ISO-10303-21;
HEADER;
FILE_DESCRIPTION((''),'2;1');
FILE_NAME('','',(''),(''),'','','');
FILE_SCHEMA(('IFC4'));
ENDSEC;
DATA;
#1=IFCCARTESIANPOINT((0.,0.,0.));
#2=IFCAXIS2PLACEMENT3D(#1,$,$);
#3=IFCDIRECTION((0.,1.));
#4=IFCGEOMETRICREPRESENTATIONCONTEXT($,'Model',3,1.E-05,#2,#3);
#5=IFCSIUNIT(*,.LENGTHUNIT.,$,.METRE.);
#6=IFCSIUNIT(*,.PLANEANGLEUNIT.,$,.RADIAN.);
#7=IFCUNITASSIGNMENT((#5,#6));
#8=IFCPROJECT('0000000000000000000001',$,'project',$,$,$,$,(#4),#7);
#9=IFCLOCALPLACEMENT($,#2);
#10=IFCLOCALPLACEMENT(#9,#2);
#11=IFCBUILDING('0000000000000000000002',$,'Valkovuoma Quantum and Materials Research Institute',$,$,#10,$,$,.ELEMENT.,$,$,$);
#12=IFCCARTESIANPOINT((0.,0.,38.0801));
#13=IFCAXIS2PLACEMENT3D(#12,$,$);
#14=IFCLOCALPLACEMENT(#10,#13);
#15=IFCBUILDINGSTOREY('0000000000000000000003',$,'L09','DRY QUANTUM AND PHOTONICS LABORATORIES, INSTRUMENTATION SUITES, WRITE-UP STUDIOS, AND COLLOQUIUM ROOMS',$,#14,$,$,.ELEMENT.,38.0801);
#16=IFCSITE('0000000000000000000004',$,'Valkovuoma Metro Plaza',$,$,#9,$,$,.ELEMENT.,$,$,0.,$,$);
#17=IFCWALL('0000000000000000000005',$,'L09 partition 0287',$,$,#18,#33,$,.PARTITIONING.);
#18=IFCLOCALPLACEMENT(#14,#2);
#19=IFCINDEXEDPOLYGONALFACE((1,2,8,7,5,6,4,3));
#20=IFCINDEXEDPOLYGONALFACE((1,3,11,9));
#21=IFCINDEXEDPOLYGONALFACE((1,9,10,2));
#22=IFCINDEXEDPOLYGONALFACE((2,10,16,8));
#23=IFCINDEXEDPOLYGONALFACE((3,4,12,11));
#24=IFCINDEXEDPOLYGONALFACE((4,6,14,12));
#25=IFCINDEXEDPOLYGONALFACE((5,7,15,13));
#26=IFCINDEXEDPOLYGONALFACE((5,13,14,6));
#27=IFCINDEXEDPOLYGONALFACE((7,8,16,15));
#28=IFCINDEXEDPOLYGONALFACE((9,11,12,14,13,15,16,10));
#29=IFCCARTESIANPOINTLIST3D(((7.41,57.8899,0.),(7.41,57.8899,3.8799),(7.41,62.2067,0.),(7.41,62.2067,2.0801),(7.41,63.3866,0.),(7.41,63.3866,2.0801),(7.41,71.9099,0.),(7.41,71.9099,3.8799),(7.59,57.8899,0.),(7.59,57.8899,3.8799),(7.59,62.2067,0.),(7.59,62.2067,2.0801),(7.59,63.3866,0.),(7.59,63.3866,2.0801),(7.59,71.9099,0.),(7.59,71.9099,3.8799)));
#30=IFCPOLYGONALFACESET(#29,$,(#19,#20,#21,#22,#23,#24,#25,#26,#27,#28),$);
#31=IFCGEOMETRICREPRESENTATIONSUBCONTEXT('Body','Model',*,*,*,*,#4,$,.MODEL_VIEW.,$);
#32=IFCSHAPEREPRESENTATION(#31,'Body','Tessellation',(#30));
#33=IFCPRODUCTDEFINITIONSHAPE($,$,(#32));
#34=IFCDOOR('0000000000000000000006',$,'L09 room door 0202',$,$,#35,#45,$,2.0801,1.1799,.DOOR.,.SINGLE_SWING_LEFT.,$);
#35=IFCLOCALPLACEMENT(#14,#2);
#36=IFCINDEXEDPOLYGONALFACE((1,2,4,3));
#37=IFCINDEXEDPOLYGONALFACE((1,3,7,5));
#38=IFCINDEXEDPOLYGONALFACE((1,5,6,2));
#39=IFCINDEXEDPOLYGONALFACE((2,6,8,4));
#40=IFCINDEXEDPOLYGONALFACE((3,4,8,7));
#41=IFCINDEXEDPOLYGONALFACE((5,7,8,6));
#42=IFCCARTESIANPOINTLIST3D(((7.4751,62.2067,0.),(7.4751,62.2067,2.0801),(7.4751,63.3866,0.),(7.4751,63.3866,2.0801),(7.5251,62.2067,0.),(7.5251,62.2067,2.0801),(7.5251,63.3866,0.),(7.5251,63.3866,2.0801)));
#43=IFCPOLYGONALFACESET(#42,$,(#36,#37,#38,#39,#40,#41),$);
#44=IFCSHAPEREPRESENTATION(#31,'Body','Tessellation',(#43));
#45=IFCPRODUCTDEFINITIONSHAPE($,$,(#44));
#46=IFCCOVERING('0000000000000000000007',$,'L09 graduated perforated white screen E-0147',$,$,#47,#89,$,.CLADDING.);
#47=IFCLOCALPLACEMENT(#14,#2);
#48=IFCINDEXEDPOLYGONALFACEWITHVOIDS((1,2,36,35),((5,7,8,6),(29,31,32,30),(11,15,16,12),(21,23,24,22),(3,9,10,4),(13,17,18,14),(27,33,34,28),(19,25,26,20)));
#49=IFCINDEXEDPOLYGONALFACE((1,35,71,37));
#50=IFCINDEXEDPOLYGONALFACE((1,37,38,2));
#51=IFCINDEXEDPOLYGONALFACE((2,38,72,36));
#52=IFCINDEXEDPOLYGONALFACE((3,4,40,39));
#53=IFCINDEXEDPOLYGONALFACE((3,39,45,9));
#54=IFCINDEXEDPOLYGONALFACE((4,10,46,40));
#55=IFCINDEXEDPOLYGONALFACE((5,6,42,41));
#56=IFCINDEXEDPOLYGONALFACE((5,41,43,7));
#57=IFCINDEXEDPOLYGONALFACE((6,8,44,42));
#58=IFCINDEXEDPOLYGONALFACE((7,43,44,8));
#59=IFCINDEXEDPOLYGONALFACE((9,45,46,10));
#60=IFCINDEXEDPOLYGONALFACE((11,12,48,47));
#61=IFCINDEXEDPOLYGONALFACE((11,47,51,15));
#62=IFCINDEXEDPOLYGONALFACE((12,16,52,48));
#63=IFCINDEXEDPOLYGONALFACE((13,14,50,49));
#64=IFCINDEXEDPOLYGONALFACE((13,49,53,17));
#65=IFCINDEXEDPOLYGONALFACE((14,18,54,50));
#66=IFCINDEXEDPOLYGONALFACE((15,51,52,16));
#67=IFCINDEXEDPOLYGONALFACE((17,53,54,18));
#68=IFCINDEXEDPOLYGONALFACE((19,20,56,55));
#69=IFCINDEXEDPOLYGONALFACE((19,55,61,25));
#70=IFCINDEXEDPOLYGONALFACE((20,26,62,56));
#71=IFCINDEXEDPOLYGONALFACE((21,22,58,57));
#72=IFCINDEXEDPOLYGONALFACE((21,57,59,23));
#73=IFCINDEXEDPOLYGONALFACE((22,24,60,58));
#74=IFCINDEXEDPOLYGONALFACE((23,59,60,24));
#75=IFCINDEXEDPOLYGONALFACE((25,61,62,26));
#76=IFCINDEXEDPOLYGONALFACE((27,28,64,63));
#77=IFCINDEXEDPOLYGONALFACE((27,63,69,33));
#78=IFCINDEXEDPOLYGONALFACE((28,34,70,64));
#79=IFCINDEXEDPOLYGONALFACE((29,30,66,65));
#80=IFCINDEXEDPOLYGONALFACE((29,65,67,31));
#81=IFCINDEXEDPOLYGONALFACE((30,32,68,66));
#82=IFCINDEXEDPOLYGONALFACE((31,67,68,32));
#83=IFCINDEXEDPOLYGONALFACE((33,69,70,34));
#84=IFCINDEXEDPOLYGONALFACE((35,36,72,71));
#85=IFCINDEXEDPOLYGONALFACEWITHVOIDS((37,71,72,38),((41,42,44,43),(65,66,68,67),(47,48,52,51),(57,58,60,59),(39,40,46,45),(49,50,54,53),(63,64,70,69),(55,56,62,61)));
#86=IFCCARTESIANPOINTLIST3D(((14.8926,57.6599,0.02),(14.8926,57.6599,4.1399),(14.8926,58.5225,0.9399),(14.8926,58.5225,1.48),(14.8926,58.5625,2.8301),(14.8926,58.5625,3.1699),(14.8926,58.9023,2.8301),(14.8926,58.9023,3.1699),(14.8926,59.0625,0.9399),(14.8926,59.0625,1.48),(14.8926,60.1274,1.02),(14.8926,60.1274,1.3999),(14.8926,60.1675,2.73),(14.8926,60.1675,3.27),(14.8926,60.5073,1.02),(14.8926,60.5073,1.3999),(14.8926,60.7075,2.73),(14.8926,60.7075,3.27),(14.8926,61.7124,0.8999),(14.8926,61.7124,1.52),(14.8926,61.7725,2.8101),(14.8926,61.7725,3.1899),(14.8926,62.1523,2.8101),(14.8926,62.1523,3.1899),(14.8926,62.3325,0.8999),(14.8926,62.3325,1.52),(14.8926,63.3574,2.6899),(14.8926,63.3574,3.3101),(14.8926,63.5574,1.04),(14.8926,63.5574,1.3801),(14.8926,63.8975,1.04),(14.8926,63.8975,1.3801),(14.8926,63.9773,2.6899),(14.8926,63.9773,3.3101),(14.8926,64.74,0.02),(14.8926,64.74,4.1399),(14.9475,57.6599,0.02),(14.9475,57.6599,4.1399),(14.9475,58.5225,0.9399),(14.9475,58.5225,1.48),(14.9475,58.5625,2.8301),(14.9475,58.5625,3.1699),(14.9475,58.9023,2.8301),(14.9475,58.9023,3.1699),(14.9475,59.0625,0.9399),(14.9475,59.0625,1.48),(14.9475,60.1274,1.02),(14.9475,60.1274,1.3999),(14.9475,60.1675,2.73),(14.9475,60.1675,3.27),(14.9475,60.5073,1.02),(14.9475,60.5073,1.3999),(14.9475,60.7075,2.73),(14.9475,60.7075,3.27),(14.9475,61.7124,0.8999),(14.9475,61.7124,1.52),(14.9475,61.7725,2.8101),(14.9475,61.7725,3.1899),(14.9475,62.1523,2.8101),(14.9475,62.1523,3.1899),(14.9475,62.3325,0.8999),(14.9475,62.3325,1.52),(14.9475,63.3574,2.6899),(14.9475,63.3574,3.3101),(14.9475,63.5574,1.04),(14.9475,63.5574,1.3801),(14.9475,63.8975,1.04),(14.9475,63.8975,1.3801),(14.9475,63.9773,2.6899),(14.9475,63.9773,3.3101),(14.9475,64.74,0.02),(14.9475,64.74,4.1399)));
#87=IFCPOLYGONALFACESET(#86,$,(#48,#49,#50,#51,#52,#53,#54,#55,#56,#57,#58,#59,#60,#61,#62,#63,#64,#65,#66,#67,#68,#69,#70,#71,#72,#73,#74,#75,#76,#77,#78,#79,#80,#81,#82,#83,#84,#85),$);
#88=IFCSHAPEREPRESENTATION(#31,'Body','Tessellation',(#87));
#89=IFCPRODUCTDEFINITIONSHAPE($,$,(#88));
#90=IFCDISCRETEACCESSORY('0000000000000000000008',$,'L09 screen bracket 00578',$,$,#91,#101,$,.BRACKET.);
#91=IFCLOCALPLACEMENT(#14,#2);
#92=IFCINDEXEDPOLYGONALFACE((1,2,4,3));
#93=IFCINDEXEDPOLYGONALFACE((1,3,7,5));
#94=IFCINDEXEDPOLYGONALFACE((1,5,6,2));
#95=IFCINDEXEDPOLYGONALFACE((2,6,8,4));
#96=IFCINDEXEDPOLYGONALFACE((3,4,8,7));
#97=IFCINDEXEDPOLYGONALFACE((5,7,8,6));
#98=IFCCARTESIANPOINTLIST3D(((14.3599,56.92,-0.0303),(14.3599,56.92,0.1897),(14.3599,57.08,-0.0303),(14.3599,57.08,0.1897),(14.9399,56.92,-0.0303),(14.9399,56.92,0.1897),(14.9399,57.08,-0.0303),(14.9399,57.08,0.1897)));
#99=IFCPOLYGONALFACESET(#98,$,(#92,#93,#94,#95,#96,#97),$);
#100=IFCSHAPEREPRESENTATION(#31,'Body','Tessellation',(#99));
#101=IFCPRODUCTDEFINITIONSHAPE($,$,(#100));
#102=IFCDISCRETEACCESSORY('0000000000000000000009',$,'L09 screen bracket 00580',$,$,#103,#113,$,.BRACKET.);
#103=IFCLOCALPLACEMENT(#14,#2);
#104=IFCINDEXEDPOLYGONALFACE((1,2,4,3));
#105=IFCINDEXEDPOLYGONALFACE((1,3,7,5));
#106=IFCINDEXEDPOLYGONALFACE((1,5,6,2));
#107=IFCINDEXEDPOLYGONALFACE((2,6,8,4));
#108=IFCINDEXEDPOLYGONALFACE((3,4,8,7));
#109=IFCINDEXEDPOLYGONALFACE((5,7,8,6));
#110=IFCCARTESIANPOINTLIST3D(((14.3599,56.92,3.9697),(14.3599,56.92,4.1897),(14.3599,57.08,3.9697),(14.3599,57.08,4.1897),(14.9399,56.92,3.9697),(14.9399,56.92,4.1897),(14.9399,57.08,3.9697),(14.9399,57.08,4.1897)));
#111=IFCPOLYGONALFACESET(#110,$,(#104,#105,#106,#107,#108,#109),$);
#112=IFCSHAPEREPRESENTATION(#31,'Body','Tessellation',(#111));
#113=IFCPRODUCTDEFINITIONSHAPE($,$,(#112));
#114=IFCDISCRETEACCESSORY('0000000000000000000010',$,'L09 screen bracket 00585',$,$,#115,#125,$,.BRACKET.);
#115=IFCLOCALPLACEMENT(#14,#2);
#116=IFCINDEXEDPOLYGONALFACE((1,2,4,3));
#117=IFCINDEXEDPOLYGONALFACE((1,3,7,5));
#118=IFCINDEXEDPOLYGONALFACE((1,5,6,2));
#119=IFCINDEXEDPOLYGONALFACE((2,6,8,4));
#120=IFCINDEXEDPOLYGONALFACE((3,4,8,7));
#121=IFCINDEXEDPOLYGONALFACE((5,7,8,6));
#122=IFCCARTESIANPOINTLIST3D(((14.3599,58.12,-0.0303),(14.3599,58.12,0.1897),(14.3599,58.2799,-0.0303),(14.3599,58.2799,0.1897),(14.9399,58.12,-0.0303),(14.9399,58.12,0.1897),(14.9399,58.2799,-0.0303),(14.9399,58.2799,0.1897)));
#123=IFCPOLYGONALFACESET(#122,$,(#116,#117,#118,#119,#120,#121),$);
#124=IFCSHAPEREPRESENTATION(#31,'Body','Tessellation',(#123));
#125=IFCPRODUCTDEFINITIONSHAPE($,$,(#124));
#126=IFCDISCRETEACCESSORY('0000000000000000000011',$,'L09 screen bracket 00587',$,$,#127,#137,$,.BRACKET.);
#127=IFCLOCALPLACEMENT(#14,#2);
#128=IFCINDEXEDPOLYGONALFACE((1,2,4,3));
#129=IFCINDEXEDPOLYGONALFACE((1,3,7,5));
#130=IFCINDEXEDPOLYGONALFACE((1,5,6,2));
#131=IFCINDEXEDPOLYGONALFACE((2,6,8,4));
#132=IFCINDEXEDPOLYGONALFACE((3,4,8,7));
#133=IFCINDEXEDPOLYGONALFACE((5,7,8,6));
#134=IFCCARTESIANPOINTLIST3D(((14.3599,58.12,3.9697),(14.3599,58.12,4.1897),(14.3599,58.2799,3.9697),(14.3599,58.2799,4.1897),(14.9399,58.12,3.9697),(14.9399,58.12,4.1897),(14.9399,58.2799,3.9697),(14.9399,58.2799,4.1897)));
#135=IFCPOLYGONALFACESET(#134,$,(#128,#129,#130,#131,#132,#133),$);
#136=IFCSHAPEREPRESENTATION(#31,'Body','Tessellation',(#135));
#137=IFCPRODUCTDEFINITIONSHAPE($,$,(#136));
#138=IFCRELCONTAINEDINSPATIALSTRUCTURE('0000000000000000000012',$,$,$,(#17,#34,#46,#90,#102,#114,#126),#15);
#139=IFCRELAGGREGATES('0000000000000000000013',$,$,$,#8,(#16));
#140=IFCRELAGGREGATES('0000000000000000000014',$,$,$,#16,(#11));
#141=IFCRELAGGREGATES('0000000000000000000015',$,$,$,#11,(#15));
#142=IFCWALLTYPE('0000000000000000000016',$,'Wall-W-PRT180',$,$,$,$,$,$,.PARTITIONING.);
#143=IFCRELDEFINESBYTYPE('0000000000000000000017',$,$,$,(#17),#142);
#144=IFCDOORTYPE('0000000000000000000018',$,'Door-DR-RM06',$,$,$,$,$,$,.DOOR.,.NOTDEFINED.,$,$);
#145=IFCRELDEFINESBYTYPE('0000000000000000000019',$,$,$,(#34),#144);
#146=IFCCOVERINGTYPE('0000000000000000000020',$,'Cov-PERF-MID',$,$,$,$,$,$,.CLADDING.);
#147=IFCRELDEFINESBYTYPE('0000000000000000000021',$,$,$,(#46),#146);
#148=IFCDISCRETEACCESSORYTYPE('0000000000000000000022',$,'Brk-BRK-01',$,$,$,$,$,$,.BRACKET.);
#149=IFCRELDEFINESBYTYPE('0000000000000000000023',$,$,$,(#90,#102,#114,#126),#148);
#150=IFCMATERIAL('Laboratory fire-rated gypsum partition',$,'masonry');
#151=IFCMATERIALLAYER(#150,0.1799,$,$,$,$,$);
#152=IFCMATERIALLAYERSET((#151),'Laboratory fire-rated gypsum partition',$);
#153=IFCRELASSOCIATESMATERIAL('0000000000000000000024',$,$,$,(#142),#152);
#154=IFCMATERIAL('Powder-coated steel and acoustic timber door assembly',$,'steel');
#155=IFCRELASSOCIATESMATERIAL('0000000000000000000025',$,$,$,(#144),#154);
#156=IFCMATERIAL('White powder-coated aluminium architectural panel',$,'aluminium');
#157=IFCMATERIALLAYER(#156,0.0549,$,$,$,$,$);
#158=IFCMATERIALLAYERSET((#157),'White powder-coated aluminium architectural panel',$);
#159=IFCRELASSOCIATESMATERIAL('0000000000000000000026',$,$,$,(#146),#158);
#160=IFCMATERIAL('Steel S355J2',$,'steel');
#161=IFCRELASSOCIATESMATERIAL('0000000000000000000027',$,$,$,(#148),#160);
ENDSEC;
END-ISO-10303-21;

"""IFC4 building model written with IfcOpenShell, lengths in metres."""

from ifc_helpers import new_model, si_unit, direction, frame, frame_2d, origin, origin_2d, place, context, subcontext, project, spatial, polyline, rectangle, outline, extrude, material, layer, layer_set, type_object, element, fill, save


model = new_model("IFC4")

# Units and contexts
model_context = context("Model", 3, precision=1e-05, world=origin(), true_north=direction((0.0, 1.0)))
body_context = subcontext(model_context, "Body", "Model", "MODEL_VIEW")
ifc_project = project(units=[si_unit("LENGTHUNIT", "METRE"), si_unit("PLANEANGLEUNIT", "RADIAN")], contexts=[model_context])

# Site, building, storey
site_placement = place(None, origin())
site = spatial("IfcSite", under=ifc_project, at=site_placement, Name="Valkovuoma Metro Plaza", CompositionType="ELEMENT", RefElevation=0.0)
building_placement = place(site_placement, origin())
building = spatial("IfcBuilding", under=site, at=building_placement, Name="Valkovuoma Quantum and Materials Research Institute", CompositionType="ELEMENT")
storey_placement = place(building_placement, frame((0.0, 0.0, 38.0801)))
storey = spatial("IfcBuildingStorey", under=building, at=storey_placement, Name="L09", Description="DRY QUANTUM AND PHOTONICS LABORATORIES, INSTRUMENTATION SUITES, WRITE-UP STUDIOS, AND COLLOQUIUM ROOMS", CompositionType="ELEMENT", Elevation=38.0801)

# Wall, opening, door
ifc_material_1 = material(Name="Laboratory fire-rated gypsum partition", Category="masonry")
ifc_layer_1 = layer(ifc_material_1, 0.1799)
ifc_layer_set_1 = layer_set([ifc_layer_1], Name="Laboratory fire-rated gypsum partition")
wall_type = type_object("IfcWallType", Name="Wall-W-PRT180", PredefinedType="PARTITIONING", material=ifc_layer_set_1)
wall_placement = place(storey_placement, frame((7.5, 57.8899, 0.0), z_axis=(0.0, 0.0, 1.0), x_axis=(0.0, 1.0, 0.0)))
wall = element("IfcWall", 1, at=wall_placement, inside=storey, type_object=wall_type, Name="L09 partition 0287", PredefinedType="PARTITIONING", context=body_context, shape_type="SweptSolid", body=[
    extrude(rectangle(XDim=14.02, YDim=0.1799, at=frame_2d((7.01, 0.0))), origin(), (0.0, 0.0, 1.0), 3.8799),
])
opening_placement = place(wall_placement, frame((4.3169, 0.0, 0.0)))
opening = element("IfcOpeningElement", 2, at=opening_placement, cuts=wall, PredefinedType="OPENING", context=body_context, shape_type="SweptSolid", body=[
    extrude(rectangle(XDim=1.1799, YDim=2.0801, at=frame_2d((0.5898, 1.04))), frame((0.0, 0.1001, 0.0), z_axis=(0.0, -1.0, 0.0), x_axis=(1.0, 0.0, 0.0)), (0.0, 0.0, 1.0), 0.2),
])
ifc_material_2 = material(Name="Powder-coated steel and acoustic timber door assembly", Category="steel")
door_type = type_object("IfcDoorType", Name="Door-DR-RM06", OperationType="NOTDEFINED", PredefinedType="DOOR", material=ifc_material_2)
door_placement = place(opening_placement, origin())
door = element("IfcDoor", 3, at=door_placement, inside=storey, type_object=door_type, Name="L09 room door 0202", OperationType="SINGLE_SWING_LEFT", OverallHeight=2.0801, OverallWidth=1.1799, PredefinedType="DOOR", context=body_context, shape_type="SweptSolid", body=[
    extrude(rectangle(XDim=1.1799, YDim=2.0801, at=frame_2d((0.5898, 1.04))), frame((0.0, 0.0249, 0.0), z_axis=(0.0, -1.0, 0.0), x_axis=(1.0, 0.0, 0.0)), (0.0, 0.0, 1.0), 0.05),
])
fill(opening, door)

# Covering
ifc_material_3 = material(Name="White powder-coated aluminium architectural panel", Category="aluminium")
ifc_layer_2 = layer(ifc_material_3, 0.0549)
ifc_layer_set_2 = layer_set([ifc_layer_2], Name="White powder-coated aluminium architectural panel")
covering_type = type_object("IfcCoveringType", Name="Cov-PERF-MID", PredefinedType="CLADDING", material=ifc_layer_set_2)
covering_placement = place(storey_placement, frame((14.9199, 57.6599, 0.02), z_axis=(0.0, 0.0, 1.0), x_axis=(0.0, 1.0, 0.0)))
element("IfcCovering", 4, at=covering_placement, inside=storey, type_object=covering_type, Name="L09 graduated perforated white screen E-0147", PredefinedType="CLADDING", context=body_context, shape_type="SweptSolid", body=[
    extrude(outline(polyline([(0.0, 0.0), (7.0801, 0.0), (7.0801, 4.1199), (0.0, 4.1199), (0.0, 0.0)]), holes=[polyline([(0.8625, 0.9199), (0.8625, 1.46), (1.4026, 1.46), (1.4026, 0.9199), (0.8625, 0.9199)]), polyline([(0.9026, 2.8101), (0.9026, 3.1499), (1.2424, 3.1499), (1.2424, 2.8101), (0.9026, 2.8101)]), polyline([(2.4675, 1.0), (2.4675, 1.3799), (2.8474, 1.3799), (2.8474, 1.0), (2.4675, 1.0)]), polyline([(2.5076, 2.71), (2.5076, 3.25), (3.0476, 3.25), (3.0476, 2.71), (2.5076, 2.71)]), polyline([(4.0525, 0.8799), (4.0525, 1.5), (4.6726, 1.5), (4.6726, 0.8799), (4.0525, 0.8799)]), polyline([(4.1125, 2.79), (4.1125, 3.1699), (4.4924, 3.1699), (4.4924, 2.79), (4.1125, 2.79)]), polyline([(5.8975, 1.02), (5.8975, 1.3601), (6.2375, 1.3601), (6.2375, 1.02), (5.8975, 1.02)]), polyline([(5.6975, 2.6699), (5.6975, 3.29), (6.3174, 3.29), (6.3174, 2.6699), (5.6975, 2.6699)])]), frame((0.0, 0.0273, 0.0), z_axis=(0.0, -1.0, 0.0), x_axis=(1.0, 0.0, 0.0)), (0.0, 0.0, 1.0), 0.0549),
])

# Discrete accessories
ifc_material_4 = material(Name="Steel S355J2", Category="steel")
discrete_accessory_type = type_object("IfcDiscreteAccessoryType", Name="Brk-BRK-01", PredefinedType="BRACKET", material=ifc_material_4)
for number, where, z_axis, x_axis, name in (
    (5, (14.6499, 57.0, -0.0303), (0.0, 0.0, 1.0), (1.0, 0.0, 0.0), "L09 screen bracket 00578"),
    (6, (14.6499, 57.0, 3.9697), (0.0, 0.0, 1.0), (1.0, 0.0, 0.0), "L09 screen bracket 00580"),
    (7, (14.6499, 58.2, -0.0303), (0.0, 0.0, 1.0), (1.0, 0.0, 0.0), "L09 screen bracket 00585"),
    (8, (14.6499, 58.2, 3.9697), (0.0, 0.0, 1.0), (1.0, 0.0, 0.0), "L09 screen bracket 00587"),
):
    element("IfcDiscreteAccessory", number, at=place(storey_placement, frame(where, z_axis=z_axis, x_axis=x_axis)), inside=storey, type_object=discrete_accessory_type, Name=name, PredefinedType="BRACKET", context=body_context, shape_type="SweptSolid", body=[
        extrude(rectangle(XDim=0.5801, YDim=0.1599, at=origin_2d()), origin(), (0.0, 0.0, 1.0), 0.22),
    ])

save(model, "model.ifc")
